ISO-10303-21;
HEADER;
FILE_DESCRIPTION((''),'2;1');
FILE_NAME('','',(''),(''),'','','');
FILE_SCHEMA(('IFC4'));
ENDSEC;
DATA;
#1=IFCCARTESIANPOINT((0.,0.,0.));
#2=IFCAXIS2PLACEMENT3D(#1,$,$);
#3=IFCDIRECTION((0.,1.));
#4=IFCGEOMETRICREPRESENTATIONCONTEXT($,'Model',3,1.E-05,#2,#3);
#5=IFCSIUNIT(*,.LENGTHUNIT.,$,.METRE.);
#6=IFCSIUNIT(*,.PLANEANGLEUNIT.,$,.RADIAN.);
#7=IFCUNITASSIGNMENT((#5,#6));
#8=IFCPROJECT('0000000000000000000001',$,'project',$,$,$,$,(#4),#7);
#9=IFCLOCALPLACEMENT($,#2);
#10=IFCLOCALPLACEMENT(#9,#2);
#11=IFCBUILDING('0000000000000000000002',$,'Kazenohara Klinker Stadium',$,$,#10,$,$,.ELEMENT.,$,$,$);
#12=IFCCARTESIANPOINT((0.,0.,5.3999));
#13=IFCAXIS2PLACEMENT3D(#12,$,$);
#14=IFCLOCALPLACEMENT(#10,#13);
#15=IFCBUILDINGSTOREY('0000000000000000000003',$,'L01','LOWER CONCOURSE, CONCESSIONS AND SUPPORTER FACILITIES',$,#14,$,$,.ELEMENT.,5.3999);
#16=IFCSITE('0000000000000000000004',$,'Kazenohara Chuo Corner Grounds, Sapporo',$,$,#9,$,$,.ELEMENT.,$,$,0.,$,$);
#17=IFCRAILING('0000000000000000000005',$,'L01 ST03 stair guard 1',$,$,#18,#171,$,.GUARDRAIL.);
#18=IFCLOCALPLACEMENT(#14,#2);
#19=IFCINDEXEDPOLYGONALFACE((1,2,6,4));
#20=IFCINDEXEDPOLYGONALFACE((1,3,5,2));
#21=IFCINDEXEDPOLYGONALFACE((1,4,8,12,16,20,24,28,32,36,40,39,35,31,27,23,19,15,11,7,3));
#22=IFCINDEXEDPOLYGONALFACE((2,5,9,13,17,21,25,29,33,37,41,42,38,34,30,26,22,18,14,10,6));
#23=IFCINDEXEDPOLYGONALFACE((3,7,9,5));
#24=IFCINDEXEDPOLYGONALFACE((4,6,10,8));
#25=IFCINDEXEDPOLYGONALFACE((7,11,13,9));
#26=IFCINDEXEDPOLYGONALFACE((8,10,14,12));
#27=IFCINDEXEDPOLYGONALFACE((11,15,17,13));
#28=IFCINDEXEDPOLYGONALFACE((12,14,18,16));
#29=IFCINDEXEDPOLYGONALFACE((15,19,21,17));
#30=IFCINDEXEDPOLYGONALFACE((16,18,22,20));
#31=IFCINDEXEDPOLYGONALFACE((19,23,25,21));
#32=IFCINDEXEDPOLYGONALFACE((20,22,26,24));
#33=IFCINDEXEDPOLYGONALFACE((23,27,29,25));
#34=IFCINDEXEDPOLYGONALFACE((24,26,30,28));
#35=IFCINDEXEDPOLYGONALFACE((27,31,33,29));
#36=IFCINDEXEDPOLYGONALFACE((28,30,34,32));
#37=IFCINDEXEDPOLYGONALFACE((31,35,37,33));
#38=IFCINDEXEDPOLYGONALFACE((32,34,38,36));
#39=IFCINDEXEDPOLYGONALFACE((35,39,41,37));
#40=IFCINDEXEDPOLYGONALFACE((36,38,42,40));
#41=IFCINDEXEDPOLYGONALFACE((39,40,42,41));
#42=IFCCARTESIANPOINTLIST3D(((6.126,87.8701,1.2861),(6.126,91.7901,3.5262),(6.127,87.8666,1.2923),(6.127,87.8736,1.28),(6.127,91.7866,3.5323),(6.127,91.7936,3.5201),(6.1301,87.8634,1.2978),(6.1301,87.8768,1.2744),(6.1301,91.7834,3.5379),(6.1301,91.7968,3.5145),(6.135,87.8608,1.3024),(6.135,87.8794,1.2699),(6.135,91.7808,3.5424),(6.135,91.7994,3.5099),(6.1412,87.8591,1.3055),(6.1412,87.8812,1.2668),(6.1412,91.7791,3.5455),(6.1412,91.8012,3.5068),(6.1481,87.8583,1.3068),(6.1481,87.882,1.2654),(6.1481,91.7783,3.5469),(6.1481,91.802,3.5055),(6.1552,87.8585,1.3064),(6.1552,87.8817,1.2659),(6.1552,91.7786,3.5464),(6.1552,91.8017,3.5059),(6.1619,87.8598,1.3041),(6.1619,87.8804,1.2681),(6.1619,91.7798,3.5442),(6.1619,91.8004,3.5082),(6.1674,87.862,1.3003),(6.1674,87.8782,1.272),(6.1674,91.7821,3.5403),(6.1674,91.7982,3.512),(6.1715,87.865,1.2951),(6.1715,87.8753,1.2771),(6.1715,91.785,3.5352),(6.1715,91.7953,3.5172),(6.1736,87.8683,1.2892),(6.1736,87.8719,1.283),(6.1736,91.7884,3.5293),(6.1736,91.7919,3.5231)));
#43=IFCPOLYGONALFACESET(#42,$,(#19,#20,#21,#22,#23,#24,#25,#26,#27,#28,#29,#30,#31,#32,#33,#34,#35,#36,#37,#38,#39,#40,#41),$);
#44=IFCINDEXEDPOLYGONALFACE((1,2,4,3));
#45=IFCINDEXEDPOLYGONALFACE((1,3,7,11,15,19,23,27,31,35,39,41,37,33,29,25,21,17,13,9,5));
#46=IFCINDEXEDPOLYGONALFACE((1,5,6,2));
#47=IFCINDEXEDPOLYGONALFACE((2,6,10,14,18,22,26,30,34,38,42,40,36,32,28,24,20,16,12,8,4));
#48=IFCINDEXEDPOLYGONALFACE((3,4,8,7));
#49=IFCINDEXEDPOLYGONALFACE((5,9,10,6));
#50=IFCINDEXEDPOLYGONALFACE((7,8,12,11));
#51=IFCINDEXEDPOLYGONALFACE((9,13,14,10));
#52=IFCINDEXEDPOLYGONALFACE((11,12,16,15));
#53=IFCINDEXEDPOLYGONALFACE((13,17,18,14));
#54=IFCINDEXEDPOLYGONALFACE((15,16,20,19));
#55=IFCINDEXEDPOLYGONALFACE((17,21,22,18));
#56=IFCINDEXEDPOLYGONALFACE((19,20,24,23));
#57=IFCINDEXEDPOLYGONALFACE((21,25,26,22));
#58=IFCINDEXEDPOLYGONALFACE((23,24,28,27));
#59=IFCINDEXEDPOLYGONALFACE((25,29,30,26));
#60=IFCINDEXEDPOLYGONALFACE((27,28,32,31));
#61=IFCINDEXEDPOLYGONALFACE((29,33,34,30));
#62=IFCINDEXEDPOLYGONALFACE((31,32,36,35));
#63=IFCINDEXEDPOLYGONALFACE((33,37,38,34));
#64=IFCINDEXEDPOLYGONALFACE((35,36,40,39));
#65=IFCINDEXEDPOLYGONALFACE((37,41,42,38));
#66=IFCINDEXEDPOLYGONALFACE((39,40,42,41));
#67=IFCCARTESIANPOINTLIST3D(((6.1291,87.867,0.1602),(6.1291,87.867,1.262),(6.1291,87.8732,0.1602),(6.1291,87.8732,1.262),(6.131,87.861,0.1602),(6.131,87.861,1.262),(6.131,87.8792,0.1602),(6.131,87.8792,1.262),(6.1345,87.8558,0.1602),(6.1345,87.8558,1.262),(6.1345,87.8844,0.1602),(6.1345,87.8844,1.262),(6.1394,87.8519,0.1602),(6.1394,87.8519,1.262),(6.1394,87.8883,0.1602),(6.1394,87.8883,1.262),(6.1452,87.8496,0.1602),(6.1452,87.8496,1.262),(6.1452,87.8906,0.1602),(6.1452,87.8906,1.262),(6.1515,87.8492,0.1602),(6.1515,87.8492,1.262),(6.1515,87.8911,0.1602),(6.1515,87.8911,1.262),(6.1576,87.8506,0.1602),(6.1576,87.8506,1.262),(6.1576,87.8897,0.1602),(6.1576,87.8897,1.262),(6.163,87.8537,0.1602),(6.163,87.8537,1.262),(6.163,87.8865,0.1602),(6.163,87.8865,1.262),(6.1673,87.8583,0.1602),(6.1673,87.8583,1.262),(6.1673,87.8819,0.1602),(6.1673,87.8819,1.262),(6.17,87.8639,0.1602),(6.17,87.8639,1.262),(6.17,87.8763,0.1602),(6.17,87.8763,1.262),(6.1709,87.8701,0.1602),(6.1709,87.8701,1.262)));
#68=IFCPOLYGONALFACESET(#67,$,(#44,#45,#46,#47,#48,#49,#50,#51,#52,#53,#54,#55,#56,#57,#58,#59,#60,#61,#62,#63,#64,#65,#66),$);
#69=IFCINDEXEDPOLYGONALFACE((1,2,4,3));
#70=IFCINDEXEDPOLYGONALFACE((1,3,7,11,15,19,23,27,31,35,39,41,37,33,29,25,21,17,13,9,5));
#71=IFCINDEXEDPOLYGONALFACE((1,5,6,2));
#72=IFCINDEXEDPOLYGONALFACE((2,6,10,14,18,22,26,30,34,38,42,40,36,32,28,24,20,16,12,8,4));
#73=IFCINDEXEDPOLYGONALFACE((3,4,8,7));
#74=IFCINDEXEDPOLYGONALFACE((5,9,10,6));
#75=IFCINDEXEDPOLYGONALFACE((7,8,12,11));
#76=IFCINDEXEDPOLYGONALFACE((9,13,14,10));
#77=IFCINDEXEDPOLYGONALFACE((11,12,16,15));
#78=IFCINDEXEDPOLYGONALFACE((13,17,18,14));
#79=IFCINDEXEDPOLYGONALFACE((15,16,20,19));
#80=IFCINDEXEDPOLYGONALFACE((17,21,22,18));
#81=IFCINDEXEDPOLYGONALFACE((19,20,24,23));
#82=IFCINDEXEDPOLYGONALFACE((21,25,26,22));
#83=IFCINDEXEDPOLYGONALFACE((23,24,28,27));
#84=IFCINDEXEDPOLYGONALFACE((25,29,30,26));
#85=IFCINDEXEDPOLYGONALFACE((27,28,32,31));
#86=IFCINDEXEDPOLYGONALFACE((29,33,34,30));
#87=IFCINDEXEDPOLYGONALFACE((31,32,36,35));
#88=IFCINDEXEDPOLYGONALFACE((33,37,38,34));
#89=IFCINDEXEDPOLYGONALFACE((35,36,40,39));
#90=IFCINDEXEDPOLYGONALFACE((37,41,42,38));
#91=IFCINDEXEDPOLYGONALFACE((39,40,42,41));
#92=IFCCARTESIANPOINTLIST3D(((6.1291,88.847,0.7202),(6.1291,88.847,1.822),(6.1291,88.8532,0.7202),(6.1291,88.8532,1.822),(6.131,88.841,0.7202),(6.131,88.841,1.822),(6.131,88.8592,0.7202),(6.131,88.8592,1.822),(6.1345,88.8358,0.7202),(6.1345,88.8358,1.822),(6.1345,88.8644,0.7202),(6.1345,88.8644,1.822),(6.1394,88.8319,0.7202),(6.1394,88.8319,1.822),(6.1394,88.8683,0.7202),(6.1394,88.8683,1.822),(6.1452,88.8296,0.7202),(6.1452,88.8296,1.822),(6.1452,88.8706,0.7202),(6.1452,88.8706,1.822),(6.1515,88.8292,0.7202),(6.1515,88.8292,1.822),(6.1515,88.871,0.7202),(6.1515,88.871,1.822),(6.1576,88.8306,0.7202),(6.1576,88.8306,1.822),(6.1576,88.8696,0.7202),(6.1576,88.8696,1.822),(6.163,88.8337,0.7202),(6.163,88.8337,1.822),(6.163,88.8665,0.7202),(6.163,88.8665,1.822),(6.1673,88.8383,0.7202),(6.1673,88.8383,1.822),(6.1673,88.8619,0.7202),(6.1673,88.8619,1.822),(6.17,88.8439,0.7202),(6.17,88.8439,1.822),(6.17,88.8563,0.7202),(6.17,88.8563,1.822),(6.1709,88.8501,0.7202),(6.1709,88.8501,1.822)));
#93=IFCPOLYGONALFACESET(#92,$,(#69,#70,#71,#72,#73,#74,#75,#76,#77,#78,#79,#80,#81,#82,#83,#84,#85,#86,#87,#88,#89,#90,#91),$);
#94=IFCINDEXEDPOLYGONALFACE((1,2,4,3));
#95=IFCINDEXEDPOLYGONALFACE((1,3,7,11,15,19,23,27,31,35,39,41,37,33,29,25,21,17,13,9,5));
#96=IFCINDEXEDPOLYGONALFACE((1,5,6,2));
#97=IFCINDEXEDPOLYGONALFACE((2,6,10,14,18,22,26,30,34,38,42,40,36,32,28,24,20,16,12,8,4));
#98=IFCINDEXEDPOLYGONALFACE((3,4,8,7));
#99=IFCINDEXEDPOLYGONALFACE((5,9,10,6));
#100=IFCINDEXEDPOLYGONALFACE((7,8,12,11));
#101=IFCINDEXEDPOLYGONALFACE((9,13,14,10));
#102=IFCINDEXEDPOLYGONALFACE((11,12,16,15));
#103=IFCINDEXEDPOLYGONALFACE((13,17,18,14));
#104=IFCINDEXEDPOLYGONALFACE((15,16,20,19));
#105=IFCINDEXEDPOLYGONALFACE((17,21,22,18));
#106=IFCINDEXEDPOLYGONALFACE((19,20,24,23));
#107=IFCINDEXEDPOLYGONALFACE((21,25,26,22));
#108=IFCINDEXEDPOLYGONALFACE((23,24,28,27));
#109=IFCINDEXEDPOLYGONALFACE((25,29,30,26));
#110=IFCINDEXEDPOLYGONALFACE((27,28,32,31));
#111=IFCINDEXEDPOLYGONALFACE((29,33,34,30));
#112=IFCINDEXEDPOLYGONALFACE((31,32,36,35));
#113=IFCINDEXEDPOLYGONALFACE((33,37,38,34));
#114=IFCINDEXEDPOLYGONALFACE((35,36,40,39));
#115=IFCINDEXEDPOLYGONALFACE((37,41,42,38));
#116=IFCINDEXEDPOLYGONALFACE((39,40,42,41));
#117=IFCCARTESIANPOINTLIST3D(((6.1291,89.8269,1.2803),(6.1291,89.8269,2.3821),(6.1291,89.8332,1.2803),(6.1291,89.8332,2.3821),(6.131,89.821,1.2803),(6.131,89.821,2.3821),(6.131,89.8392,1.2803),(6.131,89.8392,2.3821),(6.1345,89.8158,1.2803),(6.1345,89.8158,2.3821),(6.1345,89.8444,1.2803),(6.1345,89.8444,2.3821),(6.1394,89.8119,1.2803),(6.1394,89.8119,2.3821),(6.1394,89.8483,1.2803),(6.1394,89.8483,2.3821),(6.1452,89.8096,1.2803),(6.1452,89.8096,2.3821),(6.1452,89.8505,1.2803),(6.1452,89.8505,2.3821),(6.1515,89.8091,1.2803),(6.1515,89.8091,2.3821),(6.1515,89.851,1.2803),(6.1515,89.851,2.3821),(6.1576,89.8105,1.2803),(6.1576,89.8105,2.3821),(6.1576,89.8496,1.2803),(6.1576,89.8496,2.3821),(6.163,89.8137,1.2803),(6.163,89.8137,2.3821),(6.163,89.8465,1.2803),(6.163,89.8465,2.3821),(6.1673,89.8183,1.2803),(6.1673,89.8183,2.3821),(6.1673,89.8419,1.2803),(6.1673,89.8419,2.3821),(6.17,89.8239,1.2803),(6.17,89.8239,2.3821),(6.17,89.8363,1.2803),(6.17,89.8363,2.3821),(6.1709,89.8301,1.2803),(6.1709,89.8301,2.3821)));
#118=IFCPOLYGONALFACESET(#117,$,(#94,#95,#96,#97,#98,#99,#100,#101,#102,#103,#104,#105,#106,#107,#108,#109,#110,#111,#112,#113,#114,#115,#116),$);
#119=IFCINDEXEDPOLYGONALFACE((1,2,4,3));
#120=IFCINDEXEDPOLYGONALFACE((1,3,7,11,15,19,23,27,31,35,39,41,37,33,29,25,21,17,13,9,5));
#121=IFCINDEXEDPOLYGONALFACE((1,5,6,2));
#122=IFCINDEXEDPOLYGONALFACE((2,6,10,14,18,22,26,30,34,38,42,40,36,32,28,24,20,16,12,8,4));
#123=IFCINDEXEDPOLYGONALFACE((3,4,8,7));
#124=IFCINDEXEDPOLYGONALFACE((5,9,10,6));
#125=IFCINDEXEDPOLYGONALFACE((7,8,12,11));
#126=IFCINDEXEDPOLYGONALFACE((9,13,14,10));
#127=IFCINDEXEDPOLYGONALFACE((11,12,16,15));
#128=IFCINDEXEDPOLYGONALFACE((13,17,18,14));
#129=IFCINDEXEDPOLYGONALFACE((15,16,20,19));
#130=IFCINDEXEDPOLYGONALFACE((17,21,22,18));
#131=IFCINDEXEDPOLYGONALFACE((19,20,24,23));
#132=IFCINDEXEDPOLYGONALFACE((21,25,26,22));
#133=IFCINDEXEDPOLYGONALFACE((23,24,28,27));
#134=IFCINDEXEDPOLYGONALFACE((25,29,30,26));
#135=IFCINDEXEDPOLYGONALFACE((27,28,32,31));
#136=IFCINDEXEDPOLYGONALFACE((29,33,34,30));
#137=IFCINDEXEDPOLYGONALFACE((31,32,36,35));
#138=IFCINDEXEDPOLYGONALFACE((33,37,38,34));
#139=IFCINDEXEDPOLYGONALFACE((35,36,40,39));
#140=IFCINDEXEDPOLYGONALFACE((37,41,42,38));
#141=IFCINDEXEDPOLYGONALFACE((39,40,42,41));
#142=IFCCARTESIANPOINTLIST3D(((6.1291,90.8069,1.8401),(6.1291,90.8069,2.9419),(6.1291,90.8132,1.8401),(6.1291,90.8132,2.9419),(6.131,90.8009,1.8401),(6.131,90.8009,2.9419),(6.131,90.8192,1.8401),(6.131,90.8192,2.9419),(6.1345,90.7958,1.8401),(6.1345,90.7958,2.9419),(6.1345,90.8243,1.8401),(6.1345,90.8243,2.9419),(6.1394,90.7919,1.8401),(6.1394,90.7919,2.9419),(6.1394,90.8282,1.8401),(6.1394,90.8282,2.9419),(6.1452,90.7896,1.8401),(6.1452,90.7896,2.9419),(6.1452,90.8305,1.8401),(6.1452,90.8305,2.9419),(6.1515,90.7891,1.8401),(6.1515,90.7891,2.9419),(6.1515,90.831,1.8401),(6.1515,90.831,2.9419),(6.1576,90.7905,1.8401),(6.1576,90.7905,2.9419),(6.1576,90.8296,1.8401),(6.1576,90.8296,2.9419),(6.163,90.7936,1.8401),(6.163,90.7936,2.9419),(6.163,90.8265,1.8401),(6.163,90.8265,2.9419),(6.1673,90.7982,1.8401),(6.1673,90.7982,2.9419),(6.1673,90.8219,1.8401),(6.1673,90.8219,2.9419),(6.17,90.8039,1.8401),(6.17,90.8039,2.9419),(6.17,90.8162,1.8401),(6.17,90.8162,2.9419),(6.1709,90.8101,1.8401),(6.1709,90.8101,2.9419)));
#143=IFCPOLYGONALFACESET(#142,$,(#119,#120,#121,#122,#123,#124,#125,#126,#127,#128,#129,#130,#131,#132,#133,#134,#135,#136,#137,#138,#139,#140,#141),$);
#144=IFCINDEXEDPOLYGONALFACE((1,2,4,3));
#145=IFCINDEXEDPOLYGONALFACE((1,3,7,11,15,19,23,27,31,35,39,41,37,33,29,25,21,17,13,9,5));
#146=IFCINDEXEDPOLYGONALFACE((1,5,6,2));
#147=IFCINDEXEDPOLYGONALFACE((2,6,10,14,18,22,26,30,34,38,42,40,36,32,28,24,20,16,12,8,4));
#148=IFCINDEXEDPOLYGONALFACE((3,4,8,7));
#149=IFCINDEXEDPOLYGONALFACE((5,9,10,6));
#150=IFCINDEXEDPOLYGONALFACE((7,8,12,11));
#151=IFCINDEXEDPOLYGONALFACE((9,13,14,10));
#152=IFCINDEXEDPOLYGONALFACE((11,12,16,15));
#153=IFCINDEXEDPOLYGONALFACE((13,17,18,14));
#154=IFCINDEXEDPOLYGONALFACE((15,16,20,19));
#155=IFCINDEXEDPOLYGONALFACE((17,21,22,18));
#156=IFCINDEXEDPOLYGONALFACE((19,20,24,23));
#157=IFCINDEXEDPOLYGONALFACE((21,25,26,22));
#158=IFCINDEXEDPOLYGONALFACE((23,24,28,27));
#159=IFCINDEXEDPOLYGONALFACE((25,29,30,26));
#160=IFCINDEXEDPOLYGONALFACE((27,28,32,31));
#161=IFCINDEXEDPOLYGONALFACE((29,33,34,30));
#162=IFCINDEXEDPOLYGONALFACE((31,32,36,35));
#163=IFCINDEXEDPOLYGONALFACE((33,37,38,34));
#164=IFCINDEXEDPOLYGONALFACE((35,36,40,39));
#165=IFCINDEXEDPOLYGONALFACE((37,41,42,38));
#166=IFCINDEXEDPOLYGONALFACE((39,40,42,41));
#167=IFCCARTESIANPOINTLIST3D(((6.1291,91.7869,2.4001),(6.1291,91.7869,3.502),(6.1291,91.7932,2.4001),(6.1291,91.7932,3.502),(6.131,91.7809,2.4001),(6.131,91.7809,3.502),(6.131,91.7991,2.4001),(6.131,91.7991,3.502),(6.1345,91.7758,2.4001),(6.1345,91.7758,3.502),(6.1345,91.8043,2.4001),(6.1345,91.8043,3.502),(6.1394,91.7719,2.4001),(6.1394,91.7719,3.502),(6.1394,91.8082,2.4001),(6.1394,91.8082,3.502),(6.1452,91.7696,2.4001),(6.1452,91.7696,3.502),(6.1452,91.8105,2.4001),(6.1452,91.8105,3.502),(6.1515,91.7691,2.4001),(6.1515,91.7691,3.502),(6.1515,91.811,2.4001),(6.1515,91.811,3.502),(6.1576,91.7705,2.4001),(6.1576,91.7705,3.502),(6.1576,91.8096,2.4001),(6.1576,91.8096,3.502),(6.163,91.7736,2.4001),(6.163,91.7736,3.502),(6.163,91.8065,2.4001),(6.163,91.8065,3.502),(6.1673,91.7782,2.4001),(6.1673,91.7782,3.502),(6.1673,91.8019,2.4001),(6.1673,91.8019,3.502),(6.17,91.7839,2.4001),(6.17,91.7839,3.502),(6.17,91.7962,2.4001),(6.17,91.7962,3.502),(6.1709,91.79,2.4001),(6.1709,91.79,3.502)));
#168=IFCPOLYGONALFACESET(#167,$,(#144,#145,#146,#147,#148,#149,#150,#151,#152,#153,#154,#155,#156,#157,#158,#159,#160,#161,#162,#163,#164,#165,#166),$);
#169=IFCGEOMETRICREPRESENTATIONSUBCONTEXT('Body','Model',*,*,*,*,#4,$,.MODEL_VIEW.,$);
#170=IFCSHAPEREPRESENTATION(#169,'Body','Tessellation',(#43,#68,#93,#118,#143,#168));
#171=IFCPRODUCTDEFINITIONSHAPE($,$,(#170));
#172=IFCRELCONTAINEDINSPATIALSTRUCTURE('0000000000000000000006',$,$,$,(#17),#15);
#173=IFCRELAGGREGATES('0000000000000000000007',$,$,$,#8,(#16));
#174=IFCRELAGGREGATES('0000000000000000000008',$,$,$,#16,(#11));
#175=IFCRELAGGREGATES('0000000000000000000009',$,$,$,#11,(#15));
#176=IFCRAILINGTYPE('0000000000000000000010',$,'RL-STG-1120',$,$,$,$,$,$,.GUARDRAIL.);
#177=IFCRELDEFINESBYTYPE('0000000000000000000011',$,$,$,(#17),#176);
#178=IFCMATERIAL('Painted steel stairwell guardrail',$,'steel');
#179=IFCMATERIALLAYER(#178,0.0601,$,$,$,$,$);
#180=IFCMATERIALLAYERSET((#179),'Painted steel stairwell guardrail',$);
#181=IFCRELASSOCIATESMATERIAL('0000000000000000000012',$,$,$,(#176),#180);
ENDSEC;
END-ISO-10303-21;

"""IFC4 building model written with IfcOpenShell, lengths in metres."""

from ifc_helpers import new_model, si_unit, direction, frame, origin, origin_2d, place, context, subcontext, project, spatial, circle, extrude, material, layer, layer_set, type_object, element, save


model = new_model("IFC4")

# Units and contexts
model_context = context("Model", 3, precision=1e-05, world=origin(), true_north=direction((0.0, 1.0)))
body_context = subcontext(model_context, "Body", "Model", "MODEL_VIEW")
ifc_project = project(units=[si_unit("LENGTHUNIT", "METRE"), si_unit("PLANEANGLEUNIT", "RADIAN")], contexts=[model_context])

# Site, building, storey
site_placement = place(None, origin())
site = spatial("IfcSite", under=ifc_project, at=site_placement, Name="Kazenohara Chuo Corner Grounds, Sapporo", CompositionType="ELEMENT", RefElevation=0.0)
building_placement = place(site_placement, origin())
building = spatial("IfcBuilding", under=site, at=building_placement, Name="Kazenohara Klinker Stadium", CompositionType="ELEMENT")
storey_placement = place(building_placement, frame((0.0, 0.0, 5.3999)))
storey = spatial("IfcBuildingStorey", under=building, at=storey_placement, Name="L01", Description="LOWER CONCOURSE, CONCESSIONS AND SUPPORTER FACILITIES", CompositionType="ELEMENT", Elevation=5.3999)

# Railing
ifc_material_1 = material(Name="Painted steel stairwell guardrail", Category="steel")
ifc_layer_1 = layer(ifc_material_1, 0.0601)
ifc_layer_set_1 = layer_set([ifc_layer_1], Name="Painted steel stairwell guardrail")
railing_type_1 = type_object("IfcRailingType", Name="RL-STG-1120", PredefinedType="GUARDRAIL", material=ifc_layer_set_1)
railing_1_placement = place(storey_placement, frame((6.1499, 87.8701, 0.1602)))
element("IfcRailing", 1, at=railing_1_placement, inside=storey, type_object=railing_type_1, Name="L01 ST03 stair guard 1", PredefinedType="GUARDRAIL", context=body_context, shape_type="SweptSolid", body=[
    extrude(circle(Radius=0.0239, at=origin_2d()), frame((0.0, 0.0, 1.126), z_axis=(0.0, 0.86824, 0.496145), x_axis=(-1.0, 0.0, 0.0)), (0.0, 0.0, 1.0), 4.5149),
    extrude(circle(Radius=0.021, at=origin_2d()), origin(), (0.0, 0.0, 1.0), 1.1018),
    extrude(circle(Radius=0.021, at=origin_2d()), frame((0.0, 0.98, 0.5601)), (0.0, 0.0, 1.0), 1.1018),
    extrude(circle(Radius=0.021, at=origin_2d()), frame((0.0, 1.96, 1.1201)), (0.0, 0.0, 1.0), 1.1018),
    extrude(circle(Radius=0.021, at=origin_2d()), frame((0.0, 2.9399, 1.6799)), (0.0, 0.0, 1.0), 1.1018),
    extrude(circle(Radius=0.021, at=origin_2d()), frame((0.0, 3.9199, 2.24)), (0.0, 0.0, 1.0), 1.1018),
])

save(model, "model.ifc")
